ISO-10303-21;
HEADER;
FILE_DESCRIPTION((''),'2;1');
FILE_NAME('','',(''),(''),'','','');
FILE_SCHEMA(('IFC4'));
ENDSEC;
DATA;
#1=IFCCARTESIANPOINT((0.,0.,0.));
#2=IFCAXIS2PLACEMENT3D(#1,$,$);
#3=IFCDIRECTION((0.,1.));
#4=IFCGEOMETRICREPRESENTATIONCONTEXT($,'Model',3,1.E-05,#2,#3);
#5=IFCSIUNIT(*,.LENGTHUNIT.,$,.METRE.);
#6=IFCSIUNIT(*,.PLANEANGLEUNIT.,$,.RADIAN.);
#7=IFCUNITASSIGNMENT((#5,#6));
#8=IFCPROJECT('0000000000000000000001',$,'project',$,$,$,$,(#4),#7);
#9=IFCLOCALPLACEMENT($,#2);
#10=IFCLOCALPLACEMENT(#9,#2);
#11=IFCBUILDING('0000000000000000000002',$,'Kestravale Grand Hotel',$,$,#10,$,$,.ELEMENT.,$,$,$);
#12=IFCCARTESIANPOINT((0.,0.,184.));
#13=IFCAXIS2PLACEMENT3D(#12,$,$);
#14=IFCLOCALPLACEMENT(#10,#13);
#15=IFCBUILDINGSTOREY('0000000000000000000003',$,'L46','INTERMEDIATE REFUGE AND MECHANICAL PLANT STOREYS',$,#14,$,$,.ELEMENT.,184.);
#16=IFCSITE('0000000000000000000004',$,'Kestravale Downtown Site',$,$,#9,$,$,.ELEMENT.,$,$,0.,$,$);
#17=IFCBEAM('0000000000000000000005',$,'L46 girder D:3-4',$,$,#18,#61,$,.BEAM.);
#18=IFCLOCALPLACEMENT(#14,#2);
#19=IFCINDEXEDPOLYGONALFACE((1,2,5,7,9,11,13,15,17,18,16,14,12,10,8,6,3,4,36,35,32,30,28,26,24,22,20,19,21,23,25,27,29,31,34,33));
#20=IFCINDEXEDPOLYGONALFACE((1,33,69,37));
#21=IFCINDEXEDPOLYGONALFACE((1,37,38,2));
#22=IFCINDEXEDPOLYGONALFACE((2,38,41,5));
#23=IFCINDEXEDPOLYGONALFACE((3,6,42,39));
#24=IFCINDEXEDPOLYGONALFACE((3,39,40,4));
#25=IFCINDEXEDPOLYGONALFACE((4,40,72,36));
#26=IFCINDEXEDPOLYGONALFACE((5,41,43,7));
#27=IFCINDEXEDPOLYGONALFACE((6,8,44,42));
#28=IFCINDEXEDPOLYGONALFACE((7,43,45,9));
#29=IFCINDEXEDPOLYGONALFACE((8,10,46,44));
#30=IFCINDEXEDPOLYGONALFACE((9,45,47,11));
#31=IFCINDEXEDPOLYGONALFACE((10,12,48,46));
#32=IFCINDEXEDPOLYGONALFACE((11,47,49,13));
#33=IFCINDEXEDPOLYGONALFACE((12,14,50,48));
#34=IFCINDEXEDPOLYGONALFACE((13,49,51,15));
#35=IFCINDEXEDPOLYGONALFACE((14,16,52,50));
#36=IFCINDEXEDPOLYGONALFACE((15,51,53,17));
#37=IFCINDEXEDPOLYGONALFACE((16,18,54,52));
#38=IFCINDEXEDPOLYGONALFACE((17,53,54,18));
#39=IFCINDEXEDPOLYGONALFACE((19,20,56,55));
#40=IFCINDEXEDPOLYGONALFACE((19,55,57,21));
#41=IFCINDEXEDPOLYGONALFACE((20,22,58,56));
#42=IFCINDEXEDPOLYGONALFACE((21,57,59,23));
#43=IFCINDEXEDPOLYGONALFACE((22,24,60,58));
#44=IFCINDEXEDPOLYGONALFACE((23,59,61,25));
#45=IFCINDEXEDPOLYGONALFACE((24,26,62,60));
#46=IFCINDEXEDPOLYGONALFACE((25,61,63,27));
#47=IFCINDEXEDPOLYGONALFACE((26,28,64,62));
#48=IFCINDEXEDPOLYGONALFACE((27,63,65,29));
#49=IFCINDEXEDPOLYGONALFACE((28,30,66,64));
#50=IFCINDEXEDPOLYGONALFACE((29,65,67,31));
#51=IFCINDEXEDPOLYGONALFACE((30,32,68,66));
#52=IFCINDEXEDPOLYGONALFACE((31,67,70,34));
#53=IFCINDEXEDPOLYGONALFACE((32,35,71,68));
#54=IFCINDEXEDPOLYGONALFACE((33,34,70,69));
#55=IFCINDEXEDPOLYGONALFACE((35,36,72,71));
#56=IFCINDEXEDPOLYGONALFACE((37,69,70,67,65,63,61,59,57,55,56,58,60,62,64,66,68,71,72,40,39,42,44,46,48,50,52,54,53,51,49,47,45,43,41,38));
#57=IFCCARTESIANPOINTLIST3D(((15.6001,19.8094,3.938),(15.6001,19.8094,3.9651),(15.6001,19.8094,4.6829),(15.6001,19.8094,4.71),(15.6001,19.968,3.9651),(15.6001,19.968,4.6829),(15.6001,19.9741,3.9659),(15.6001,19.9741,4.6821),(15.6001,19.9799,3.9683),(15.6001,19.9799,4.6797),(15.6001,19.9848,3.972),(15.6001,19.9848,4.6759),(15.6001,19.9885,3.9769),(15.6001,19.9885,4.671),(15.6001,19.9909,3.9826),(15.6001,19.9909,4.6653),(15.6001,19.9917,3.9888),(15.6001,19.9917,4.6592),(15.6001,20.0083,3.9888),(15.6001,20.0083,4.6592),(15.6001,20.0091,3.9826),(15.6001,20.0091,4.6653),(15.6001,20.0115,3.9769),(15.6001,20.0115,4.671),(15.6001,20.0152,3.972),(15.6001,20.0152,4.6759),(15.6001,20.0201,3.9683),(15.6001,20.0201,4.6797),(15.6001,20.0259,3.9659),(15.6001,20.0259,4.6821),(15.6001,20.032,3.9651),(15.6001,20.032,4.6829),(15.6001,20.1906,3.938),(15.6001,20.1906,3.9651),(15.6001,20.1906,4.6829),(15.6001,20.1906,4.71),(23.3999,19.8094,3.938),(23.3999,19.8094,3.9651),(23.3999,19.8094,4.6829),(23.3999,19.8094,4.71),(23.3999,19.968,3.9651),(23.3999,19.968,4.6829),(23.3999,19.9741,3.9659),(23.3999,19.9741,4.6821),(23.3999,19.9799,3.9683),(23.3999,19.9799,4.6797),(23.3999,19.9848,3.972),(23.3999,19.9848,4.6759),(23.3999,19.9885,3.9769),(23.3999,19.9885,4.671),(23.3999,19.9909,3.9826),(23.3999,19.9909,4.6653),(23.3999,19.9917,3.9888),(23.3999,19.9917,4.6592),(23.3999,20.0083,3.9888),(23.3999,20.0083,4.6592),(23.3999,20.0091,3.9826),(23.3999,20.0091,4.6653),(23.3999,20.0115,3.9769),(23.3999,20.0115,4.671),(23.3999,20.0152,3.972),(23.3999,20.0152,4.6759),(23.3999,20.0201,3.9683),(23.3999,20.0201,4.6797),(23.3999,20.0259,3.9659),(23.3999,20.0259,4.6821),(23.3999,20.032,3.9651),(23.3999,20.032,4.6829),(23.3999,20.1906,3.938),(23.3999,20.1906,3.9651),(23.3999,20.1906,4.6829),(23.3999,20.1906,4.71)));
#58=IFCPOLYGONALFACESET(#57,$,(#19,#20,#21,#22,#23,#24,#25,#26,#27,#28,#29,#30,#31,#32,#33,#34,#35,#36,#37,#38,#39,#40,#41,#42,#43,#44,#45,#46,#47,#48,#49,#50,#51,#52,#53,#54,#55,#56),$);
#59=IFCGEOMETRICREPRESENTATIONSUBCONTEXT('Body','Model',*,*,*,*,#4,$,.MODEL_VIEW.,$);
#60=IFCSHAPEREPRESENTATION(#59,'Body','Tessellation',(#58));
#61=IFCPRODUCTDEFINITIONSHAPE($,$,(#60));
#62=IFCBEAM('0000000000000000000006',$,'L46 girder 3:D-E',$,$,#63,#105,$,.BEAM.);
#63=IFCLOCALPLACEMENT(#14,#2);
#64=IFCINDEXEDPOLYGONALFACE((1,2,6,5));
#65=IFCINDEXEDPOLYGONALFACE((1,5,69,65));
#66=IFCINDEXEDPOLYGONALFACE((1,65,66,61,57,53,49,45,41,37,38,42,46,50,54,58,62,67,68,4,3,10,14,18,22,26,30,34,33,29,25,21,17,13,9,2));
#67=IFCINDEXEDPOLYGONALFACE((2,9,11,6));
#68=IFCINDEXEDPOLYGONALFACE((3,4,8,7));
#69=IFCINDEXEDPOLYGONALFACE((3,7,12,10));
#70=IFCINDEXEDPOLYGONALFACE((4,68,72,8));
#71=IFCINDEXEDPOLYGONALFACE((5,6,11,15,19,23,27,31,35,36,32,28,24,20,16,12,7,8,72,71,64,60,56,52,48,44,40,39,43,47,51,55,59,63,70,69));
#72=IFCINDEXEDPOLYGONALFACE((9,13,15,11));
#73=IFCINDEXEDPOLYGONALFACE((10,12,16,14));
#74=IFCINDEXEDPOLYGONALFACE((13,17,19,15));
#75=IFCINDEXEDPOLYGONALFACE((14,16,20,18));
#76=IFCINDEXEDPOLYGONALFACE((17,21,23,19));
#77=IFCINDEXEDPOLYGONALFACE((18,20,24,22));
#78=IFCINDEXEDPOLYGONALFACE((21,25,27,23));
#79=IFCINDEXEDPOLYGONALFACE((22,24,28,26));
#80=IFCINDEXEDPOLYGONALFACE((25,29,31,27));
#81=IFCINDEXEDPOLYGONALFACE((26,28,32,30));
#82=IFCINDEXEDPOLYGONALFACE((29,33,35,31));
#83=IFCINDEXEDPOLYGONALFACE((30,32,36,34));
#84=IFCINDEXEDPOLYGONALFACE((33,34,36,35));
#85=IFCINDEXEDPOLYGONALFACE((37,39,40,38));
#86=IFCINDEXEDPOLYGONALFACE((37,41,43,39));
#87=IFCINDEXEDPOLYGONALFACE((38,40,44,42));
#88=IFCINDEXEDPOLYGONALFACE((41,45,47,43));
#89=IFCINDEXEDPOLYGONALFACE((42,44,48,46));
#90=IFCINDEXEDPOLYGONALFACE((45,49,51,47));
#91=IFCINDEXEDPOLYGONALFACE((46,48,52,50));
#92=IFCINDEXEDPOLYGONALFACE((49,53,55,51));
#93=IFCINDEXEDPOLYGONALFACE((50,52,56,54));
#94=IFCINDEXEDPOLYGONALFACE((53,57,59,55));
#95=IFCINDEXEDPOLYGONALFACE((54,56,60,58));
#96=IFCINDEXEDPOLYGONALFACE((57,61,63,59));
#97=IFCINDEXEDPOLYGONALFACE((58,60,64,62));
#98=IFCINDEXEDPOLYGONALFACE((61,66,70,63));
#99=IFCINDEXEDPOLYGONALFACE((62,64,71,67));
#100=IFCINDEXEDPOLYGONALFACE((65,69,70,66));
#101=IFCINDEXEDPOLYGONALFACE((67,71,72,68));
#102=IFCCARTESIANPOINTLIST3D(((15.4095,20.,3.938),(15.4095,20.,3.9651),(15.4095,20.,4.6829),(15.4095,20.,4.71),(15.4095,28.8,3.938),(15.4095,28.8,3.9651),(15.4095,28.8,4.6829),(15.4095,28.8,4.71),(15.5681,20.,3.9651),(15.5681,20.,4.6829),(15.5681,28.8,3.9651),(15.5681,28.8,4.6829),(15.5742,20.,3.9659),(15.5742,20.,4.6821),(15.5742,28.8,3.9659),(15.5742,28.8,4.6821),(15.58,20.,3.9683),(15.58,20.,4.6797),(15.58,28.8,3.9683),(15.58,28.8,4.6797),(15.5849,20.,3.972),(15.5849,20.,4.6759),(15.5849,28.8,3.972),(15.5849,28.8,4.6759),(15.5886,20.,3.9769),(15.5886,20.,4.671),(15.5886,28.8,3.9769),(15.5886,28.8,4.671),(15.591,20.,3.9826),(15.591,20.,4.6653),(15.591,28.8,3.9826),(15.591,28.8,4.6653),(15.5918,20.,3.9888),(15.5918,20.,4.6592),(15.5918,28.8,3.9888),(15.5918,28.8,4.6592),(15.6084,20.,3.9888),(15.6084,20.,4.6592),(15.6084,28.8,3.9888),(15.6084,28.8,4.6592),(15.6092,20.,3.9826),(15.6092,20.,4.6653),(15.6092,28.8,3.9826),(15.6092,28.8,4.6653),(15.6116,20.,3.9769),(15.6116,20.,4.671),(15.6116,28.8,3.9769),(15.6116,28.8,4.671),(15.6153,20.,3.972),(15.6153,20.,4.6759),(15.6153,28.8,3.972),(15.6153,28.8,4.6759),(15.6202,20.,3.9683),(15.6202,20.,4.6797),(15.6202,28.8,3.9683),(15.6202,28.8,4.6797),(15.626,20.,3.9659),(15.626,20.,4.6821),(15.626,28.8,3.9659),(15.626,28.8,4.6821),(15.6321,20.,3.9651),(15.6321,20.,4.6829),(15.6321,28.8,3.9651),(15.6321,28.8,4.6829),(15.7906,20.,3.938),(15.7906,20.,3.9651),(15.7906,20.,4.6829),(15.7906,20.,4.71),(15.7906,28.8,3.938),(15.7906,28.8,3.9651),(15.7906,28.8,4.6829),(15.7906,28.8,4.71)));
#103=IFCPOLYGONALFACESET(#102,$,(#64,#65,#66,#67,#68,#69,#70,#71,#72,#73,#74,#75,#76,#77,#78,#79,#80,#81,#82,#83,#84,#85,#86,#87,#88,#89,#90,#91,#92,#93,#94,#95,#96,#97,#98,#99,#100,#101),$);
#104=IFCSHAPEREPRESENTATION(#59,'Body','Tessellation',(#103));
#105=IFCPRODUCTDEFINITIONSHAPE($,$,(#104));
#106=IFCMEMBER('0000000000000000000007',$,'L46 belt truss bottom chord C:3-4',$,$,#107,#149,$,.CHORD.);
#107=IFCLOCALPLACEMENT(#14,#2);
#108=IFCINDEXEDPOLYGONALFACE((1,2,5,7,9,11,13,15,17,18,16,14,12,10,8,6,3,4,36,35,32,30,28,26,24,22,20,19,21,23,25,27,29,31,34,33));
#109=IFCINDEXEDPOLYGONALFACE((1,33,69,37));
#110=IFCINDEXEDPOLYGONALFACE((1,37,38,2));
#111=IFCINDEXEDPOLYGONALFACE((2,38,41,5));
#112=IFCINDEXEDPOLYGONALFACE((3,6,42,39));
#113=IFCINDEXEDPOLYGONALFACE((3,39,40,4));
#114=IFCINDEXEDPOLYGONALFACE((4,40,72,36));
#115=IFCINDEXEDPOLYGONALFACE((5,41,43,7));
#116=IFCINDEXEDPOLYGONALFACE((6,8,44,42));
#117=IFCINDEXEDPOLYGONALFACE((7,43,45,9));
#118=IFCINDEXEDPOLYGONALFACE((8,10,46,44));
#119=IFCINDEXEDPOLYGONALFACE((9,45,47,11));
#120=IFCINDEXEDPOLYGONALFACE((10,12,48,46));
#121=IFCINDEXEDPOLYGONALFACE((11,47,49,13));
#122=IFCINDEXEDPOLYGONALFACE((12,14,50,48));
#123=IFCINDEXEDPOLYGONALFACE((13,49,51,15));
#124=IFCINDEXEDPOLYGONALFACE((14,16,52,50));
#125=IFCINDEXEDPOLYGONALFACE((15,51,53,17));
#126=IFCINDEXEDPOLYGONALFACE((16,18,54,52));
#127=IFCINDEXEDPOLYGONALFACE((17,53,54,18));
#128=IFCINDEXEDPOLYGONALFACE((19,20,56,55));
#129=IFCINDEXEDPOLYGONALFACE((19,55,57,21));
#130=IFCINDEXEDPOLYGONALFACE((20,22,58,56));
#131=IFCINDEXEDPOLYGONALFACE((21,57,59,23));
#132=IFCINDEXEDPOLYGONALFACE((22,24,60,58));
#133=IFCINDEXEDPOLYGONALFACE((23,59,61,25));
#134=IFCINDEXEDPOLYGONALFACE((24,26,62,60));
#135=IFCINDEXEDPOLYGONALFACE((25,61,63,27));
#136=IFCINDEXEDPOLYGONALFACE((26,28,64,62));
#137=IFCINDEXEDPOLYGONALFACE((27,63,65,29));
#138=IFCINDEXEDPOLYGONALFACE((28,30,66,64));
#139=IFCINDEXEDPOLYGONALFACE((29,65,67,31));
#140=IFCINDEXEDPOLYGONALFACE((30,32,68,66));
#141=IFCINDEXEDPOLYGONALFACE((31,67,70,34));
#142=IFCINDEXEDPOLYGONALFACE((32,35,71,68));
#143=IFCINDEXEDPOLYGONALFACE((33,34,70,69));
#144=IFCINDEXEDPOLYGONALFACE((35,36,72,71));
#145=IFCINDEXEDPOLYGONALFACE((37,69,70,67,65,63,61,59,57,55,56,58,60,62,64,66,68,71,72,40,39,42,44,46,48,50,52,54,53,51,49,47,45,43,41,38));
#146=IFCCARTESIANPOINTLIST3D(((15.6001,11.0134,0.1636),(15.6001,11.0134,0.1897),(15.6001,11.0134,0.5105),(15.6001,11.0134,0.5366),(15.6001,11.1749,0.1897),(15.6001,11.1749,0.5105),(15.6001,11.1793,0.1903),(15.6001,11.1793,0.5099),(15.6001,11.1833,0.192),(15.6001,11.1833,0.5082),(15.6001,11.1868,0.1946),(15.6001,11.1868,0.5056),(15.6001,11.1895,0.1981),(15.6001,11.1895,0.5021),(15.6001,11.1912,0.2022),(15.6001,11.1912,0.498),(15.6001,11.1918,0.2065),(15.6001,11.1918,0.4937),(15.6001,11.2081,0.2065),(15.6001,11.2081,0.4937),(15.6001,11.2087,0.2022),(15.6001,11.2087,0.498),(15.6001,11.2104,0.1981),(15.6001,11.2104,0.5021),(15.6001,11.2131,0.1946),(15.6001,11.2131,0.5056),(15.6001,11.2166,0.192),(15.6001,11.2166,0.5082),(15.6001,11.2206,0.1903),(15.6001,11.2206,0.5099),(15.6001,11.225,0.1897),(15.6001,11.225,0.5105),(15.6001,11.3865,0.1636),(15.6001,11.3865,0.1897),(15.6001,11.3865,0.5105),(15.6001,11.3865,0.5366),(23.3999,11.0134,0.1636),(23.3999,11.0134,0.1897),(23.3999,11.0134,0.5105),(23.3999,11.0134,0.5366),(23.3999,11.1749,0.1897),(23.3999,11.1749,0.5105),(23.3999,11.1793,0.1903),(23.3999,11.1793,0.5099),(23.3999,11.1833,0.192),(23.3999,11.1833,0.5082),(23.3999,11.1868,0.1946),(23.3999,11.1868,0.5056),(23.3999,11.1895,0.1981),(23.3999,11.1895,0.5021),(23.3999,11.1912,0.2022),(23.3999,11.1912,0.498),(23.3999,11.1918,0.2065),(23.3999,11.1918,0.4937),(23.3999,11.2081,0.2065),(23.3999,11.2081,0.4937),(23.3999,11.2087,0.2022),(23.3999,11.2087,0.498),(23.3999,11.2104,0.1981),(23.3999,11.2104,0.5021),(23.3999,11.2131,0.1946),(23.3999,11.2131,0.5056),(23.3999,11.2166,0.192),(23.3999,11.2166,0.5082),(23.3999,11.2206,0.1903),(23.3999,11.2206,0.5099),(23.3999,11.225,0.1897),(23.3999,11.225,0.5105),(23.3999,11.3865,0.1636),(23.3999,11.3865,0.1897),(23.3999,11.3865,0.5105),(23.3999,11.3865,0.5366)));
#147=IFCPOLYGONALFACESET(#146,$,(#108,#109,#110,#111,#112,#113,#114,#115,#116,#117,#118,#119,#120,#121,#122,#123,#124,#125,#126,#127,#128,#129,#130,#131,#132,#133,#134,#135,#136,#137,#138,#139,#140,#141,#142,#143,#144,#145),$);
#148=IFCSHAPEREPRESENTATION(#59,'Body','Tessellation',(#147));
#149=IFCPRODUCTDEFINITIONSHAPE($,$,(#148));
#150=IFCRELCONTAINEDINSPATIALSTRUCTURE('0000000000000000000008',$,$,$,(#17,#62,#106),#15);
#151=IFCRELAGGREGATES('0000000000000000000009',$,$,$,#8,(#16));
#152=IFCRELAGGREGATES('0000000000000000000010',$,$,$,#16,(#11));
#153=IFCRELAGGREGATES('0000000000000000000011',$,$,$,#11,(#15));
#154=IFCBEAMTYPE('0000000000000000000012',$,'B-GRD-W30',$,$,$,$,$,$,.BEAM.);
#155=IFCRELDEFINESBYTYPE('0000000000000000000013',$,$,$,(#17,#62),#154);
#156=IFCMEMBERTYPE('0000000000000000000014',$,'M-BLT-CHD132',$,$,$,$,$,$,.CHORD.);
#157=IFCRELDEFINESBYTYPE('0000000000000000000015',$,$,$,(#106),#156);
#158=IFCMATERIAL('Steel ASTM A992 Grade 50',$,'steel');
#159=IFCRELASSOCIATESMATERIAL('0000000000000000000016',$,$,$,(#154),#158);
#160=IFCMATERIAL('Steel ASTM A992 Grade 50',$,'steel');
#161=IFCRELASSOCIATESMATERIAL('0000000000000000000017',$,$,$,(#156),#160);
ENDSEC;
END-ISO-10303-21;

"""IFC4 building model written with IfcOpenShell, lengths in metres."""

from ifc_helpers import new_model, si_unit, direction, frame, origin, origin_2d, place, context, subcontext, project, spatial, i_section, extrude, material, material_profile, profile_set, type_object, element, save


model = new_model("IFC4")

# Units and contexts
model_context = context("Model", 3, precision=1e-05, world=origin(), true_north=direction((0.0, 1.0)))
body_context = subcontext(model_context, "Body", "Model", "MODEL_VIEW")
ifc_project = project(units=[si_unit("LENGTHUNIT", "METRE"), si_unit("PLANEANGLEUNIT", "RADIAN")], contexts=[model_context])

# Site, building, storey
site_placement = place(None, origin())
site = spatial("IfcSite", under=ifc_project, at=site_placement, Name="Kestravale Downtown Site", CompositionType="ELEMENT", RefElevation=0.0)
building_placement = place(site_placement, origin())
building = spatial("IfcBuilding", under=site, at=building_placement, Name="Kestravale Grand Hotel", CompositionType="ELEMENT")
storey_placement = place(building_placement, frame((0.0, 0.0, 184.0)))
storey = spatial("IfcBuildingStorey", under=building, at=storey_placement, Name="L46", Description="INTERMEDIATE REFUGE AND MECHANICAL PLANT STOREYS", CompositionType="ELEMENT", Elevation=184.0)

# Beams
ifc_material_1 = material(Name="Steel ASTM A992 Grade 50", Category="steel")
ifc_material_profile_1 = material_profile(ifc_material_1, i_section(OverallWidth=0.3811, OverallDepth=0.772, WebThickness=0.0166, FlangeThickness=0.0271, FilletRadius=0.0237, at=origin_2d()))
ifc_profile_set_1 = profile_set([ifc_material_profile_1], Name="Steel ASTM A992 Grade 50")
beam_type_1 = type_object("IfcBeamType", Name="B-GRD-W30", PredefinedType="BEAM", material=ifc_profile_set_1)
beam_1_placement = place(storey_placement, frame((15.6001, 20.0, 4.324), z_axis=(1.0, 0.0, 0.0), x_axis=(0.0, 1.0, 0.0)))
element("IfcBeam", 1, at=beam_1_placement, inside=storey, type_object=beam_type_1, Name="L46 girder D:3-4", PredefinedType="BEAM", context=body_context, shape_type="SweptSolid", body=[
    extrude(i_section(OverallWidth=0.3811, OverallDepth=0.772, WebThickness=0.0166, FlangeThickness=0.0271, FilletRadius=0.0237, at=origin_2d()), origin(), (0.0, 0.0, 1.0), 7.7998),
])
beam_2_placement = place(storey_placement, frame((15.6001, 20.0, 4.324), z_axis=(0.0, 1.0, 0.0), x_axis=(-1.0, 0.0, 0.0)))
element("IfcBeam", 2, at=beam_2_placement, inside=storey, type_object=beam_type_1, Name="L46 girder 3:D-E", PredefinedType="BEAM", context=body_context, shape_type="SweptSolid", body=[
    extrude(i_section(OverallWidth=0.3811, OverallDepth=0.772, WebThickness=0.0166, FlangeThickness=0.0271, FilletRadius=0.0237, at=origin_2d()), origin(), (0.0, 0.0, 1.0), 8.8),
])

# Member
ifc_material_2 = material(Name="Steel ASTM A992 Grade 50", Category="steel")
ifc_material_profile_2 = material_profile(ifc_material_2, i_section(OverallWidth=0.373, OverallDepth=0.373, WebThickness=0.0164, FlangeThickness=0.0261, FilletRadius=0.0168, at=origin_2d()))
ifc_profile_set_2 = profile_set([ifc_material_profile_2], Name="Steel ASTM A992 Grade 50")
member_type = type_object("IfcMemberType", Name="M-BLT-CHD132", PredefinedType="CHORD", material=ifc_profile_set_2)
member_placement = place(storey_placement, frame((15.6001, 11.2, 0.3501), z_axis=(1.0, 0.0, 0.0), x_axis=(0.0, 1.0, 0.0)))
element("IfcMember", 3, at=member_placement, inside=storey, type_object=member_type, Name="L46 belt truss bottom chord C:3-4", PredefinedType="CHORD", context=body_context, shape_type="SweptSolid", body=[
    extrude(i_section(OverallWidth=0.373, OverallDepth=0.373, WebThickness=0.0164, FlangeThickness=0.0261, FilletRadius=0.0168, at=origin_2d()), origin(), (0.0, 0.0, 1.0), 7.7998),
])

save(model, "model.ifc")
